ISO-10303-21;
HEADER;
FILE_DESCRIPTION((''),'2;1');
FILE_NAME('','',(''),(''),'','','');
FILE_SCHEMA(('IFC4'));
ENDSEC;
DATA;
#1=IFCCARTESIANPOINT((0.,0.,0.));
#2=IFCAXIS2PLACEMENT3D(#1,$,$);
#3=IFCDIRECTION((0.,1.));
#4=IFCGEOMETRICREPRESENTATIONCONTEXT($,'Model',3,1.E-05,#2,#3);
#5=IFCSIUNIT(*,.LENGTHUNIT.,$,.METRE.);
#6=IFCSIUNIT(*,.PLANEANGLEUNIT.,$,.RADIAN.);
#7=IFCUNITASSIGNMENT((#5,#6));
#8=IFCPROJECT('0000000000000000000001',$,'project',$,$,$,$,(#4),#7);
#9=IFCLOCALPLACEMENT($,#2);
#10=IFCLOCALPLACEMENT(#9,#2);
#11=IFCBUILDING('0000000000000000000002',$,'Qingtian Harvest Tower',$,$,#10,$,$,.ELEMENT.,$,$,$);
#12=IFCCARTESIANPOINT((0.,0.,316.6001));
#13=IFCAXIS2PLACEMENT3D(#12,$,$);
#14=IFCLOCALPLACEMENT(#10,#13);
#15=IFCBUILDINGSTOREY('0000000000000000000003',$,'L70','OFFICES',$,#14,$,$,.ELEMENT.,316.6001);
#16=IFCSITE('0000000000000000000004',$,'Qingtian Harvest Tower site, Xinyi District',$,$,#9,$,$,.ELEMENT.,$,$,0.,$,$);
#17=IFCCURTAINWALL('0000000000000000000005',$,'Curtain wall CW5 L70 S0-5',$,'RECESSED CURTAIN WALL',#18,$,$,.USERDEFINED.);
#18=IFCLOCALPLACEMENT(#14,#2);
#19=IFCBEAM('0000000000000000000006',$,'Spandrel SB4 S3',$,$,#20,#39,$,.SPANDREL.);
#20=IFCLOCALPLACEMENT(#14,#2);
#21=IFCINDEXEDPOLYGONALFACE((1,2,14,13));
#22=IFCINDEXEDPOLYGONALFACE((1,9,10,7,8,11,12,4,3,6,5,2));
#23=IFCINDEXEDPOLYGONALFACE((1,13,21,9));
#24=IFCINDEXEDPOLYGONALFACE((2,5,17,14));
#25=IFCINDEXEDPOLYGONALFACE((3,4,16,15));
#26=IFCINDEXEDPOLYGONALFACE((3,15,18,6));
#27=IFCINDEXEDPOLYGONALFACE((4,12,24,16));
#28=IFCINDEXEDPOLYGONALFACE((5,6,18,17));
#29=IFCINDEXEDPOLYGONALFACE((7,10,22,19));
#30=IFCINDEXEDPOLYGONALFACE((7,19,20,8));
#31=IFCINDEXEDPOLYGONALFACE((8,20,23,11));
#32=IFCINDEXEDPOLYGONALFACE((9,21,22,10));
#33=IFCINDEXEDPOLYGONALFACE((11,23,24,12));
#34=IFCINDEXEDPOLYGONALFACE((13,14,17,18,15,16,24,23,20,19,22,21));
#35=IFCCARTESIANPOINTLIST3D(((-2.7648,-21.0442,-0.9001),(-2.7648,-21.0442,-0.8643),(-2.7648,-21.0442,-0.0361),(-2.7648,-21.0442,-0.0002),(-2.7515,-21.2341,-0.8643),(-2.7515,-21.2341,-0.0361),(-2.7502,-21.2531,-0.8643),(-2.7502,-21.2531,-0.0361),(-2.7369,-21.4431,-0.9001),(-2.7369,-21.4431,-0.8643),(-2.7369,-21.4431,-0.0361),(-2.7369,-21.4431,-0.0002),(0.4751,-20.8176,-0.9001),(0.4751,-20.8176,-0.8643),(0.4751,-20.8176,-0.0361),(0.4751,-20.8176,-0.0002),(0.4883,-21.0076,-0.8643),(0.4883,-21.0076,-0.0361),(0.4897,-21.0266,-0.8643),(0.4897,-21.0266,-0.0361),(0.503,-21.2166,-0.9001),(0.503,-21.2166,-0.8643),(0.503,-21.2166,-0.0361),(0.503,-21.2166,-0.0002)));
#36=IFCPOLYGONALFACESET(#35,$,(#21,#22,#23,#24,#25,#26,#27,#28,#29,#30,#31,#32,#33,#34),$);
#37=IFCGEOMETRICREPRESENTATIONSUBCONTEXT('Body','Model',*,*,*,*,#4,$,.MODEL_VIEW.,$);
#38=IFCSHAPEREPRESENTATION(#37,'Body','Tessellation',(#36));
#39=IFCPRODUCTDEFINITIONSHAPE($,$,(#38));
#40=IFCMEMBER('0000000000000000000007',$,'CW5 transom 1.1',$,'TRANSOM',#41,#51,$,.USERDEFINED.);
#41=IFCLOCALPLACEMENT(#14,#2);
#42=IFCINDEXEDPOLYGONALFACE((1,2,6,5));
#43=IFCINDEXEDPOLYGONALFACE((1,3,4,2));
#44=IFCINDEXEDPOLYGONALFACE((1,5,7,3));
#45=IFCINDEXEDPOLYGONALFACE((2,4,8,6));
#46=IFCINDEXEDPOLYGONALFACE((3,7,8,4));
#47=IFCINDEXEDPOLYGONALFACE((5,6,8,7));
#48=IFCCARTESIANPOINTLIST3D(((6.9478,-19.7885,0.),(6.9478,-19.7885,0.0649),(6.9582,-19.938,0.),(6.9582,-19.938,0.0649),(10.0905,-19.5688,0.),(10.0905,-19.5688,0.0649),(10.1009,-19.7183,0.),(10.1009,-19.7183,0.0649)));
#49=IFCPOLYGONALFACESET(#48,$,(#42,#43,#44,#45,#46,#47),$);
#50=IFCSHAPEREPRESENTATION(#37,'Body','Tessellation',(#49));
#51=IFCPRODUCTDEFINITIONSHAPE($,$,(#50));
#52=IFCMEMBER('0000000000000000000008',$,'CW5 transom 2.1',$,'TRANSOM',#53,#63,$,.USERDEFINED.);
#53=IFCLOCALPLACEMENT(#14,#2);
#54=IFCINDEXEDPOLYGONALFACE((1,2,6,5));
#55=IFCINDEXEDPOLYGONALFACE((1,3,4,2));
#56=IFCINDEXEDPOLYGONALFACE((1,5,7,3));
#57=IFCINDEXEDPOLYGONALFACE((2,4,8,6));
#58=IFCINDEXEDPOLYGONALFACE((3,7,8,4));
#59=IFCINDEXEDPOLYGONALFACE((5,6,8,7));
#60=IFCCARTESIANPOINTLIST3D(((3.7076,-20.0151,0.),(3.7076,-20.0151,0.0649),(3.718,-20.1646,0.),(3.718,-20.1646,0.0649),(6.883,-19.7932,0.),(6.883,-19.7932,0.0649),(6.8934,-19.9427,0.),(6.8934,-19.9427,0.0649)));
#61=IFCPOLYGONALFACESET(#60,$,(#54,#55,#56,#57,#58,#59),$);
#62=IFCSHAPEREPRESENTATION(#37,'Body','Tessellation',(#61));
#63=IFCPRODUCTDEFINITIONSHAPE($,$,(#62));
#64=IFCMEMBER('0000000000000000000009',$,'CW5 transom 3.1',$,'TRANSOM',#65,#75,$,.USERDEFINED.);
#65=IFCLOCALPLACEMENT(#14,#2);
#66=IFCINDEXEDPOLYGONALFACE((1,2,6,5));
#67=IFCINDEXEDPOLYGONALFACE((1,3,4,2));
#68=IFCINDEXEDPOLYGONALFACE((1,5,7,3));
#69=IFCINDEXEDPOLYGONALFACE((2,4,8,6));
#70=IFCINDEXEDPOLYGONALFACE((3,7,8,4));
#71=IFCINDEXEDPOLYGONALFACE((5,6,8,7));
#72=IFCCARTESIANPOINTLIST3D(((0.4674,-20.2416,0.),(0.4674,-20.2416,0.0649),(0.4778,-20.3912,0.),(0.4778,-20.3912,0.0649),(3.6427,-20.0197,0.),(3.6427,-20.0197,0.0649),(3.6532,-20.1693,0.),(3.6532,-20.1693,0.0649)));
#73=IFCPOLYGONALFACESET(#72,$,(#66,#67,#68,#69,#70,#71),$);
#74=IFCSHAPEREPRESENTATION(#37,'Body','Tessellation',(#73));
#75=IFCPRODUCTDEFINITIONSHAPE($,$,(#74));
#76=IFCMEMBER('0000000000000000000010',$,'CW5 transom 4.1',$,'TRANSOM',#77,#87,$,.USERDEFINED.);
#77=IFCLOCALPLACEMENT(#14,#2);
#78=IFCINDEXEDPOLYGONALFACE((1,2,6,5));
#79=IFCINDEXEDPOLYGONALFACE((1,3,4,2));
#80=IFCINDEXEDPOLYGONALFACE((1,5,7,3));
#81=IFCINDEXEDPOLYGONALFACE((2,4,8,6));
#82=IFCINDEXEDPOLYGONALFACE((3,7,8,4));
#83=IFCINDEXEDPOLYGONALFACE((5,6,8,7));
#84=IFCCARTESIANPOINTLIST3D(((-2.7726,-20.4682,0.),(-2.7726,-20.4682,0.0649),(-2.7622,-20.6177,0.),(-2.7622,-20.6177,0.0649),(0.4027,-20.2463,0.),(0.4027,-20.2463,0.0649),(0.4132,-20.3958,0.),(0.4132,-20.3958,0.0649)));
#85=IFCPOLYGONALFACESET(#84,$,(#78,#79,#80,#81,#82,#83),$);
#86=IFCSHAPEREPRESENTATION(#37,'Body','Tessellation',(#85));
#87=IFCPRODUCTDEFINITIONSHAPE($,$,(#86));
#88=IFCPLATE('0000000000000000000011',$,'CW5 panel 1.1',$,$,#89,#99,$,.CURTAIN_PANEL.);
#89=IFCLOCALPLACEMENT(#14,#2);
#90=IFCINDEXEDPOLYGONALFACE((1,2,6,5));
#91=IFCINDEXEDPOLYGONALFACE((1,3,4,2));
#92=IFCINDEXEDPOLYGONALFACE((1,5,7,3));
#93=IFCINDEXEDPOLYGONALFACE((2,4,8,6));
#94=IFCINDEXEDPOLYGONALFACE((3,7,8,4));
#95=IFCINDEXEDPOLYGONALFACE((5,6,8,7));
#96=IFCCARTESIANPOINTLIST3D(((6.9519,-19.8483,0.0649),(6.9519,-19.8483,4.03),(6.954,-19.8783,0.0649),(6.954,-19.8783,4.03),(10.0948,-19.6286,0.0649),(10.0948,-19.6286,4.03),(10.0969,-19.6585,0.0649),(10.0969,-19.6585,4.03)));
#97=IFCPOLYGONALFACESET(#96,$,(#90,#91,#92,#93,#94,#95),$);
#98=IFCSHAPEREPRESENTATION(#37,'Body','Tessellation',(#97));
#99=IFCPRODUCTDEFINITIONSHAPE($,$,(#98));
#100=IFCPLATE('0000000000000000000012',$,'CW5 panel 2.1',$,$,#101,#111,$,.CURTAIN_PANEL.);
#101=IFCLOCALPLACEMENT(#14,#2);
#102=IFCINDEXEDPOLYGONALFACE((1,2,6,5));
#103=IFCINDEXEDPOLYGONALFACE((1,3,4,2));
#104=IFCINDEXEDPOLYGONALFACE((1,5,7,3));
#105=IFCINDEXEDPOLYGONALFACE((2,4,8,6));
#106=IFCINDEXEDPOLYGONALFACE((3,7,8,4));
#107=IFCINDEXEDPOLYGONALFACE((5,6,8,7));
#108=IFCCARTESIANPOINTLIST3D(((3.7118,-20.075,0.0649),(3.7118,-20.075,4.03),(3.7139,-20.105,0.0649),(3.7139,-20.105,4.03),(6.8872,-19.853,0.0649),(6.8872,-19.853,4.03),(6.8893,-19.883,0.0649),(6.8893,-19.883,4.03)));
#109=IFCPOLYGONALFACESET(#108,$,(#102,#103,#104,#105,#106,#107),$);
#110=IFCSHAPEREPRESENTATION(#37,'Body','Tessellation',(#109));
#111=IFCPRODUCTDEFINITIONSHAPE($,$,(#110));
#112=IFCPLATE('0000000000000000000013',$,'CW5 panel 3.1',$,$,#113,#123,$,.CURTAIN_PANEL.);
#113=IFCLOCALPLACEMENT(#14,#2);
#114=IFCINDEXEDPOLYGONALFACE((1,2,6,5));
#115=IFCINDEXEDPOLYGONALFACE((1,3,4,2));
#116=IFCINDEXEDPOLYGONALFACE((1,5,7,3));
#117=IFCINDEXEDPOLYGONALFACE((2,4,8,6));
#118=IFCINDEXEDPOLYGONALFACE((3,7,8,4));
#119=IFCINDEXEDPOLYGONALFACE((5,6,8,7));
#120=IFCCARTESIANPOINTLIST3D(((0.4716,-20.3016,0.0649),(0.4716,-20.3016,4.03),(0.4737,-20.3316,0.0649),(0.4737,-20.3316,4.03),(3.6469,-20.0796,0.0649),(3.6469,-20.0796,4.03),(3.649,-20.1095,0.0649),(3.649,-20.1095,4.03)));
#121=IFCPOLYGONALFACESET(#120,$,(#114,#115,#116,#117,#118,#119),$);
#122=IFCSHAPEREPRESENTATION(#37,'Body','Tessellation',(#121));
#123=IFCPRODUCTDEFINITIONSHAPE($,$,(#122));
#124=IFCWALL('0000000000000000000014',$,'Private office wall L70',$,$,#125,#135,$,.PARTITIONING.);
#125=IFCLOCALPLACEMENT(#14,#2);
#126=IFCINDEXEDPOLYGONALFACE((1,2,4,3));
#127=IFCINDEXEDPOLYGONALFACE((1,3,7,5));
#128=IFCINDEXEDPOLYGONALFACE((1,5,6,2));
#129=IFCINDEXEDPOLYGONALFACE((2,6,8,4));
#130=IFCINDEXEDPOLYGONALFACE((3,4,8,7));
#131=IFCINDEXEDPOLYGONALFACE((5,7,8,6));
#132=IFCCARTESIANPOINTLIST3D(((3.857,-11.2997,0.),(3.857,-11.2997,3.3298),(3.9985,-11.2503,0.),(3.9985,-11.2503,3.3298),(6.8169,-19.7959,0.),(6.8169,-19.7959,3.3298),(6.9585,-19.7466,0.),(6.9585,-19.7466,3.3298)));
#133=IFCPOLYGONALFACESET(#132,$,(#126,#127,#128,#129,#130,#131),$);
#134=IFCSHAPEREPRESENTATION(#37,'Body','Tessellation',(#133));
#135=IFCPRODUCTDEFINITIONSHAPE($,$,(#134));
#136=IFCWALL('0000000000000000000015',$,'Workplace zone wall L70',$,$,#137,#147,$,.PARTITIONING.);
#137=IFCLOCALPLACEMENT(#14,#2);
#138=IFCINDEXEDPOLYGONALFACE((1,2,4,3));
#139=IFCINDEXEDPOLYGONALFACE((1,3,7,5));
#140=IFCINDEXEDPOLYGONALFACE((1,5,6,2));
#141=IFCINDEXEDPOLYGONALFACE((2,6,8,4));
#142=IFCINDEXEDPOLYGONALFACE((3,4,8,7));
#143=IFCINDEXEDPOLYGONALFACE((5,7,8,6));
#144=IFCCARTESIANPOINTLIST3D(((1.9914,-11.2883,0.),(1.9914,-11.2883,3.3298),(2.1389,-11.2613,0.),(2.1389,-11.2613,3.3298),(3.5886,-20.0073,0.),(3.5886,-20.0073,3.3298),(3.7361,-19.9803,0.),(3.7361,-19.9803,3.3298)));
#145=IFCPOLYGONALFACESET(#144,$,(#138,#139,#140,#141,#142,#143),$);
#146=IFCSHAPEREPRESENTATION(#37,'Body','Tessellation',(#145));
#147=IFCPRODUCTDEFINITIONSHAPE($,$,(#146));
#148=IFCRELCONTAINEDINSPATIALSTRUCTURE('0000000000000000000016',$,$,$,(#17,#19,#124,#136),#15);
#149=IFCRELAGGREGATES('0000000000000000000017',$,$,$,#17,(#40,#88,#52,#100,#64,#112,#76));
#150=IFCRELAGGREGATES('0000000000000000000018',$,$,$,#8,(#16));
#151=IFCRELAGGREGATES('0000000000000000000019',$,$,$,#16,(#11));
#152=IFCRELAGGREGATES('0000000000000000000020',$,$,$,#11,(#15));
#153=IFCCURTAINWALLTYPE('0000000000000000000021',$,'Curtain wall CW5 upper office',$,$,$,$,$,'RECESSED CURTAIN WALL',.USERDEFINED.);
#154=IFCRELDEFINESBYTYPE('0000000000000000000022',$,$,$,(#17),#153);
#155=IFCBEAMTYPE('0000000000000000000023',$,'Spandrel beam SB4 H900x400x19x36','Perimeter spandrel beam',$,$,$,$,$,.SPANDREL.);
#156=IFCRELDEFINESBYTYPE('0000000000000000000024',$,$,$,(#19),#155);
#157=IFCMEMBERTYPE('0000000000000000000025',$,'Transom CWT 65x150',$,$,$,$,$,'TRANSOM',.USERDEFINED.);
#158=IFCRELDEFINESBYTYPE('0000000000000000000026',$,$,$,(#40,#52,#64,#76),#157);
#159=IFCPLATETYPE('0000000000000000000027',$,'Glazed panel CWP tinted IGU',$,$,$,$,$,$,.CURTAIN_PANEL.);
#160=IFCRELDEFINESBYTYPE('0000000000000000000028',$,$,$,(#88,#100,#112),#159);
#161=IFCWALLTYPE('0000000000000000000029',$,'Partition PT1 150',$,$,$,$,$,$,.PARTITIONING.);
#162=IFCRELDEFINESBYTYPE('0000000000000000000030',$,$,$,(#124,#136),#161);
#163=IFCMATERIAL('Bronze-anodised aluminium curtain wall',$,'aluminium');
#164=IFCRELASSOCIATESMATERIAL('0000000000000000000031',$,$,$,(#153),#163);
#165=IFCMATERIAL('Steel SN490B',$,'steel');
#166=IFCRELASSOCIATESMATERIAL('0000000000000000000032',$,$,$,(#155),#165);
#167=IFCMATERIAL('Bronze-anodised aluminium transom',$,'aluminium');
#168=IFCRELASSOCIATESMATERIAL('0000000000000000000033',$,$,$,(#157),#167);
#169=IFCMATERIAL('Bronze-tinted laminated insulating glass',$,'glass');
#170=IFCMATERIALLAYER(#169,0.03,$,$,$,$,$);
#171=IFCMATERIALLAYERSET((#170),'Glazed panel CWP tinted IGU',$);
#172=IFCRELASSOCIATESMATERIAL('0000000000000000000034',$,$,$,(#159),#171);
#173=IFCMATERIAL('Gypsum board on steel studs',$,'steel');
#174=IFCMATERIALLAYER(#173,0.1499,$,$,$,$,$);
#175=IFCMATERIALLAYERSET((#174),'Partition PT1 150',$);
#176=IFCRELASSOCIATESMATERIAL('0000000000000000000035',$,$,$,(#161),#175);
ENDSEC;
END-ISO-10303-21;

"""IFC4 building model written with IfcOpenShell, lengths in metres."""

from ifc_helpers import new_model, si_unit, direction, frame, frame_2d, origin, origin_2d, place, context, subcontext, project, spatial, rectangle, i_section, extrude, material, layer, layer_set, material_profile, profile_set, type_object, element, aggregate, save


model = new_model("IFC4")

# Units and contexts
model_context = context("Model", 3, precision=1e-05, world=origin(), true_north=direction((0.0, 1.0)))
body_context = subcontext(model_context, "Body", "Model", "MODEL_VIEW")
ifc_project = project(units=[si_unit("LENGTHUNIT", "METRE"), si_unit("PLANEANGLEUNIT", "RADIAN")], contexts=[model_context])

# Site, building, storey
site_placement = place(None, origin())
site = spatial("IfcSite", under=ifc_project, at=site_placement, Name="Qingtian Harvest Tower site, Xinyi District", CompositionType="ELEMENT", RefElevation=0.0)
building_placement = place(site_placement, origin())
building = spatial("IfcBuilding", under=site, at=building_placement, Name="Qingtian Harvest Tower", CompositionType="ELEMENT")
storey_placement = place(building_placement, frame((0.0, 0.0, 316.6001)))
storey = spatial("IfcBuildingStorey", under=building, at=storey_placement, Name="L70", Description="OFFICES", CompositionType="ELEMENT", Elevation=316.6001)

# Shared definitions
ifc_material_1 = material(Name="Bronze-anodised aluminium curtain wall", Category="aluminium")
curtain_wall_type = type_object("IfcCurtainWallType", Name="Curtain wall CW5 upper office", ElementType="RECESSED CURTAIN WALL", PredefinedType="USERDEFINED", material=ifc_material_1)

# Curtain wall
curtain_wall_1_placement = place(storey_placement, origin())
curtain_wall_1 = element("IfcCurtainWall", 1, at=curtain_wall_1_placement, inside=storey, type_object=curtain_wall_type, Name="Curtain wall CW5 L70 S0-5", ObjectType="RECESSED CURTAIN WALL", PredefinedType="USERDEFINED")

# Beam
ifc_material_2 = material(Name="Steel SN490B", Category="steel")
ifc_material_profile_1 = material_profile(ifc_material_2, i_section(OverallWidth=0.3999, OverallDepth=0.8999, WebThickness=0.019, FlangeThickness=0.0359, at=origin_2d()), Name="H900x400x19x36")
ifc_profile_set_1 = profile_set([ifc_material_profile_1], Name="Steel SN490B")
beam_type_1 = type_object("IfcBeamType", Name="Spandrel beam SB4 H900x400x19x36", Description="Perimeter spandrel beam", PredefinedType="SPANDREL", material=ifc_profile_set_1)
beam_1_placement = place(storey_placement, frame((0.489, -21.0171, -0.4502), z_axis=(-0.997564, -0.069757, 0.0), x_axis=(0.069757, -0.997564, 0.0)))
element("IfcBeam", 2, at=beam_1_placement, inside=storey, type_object=beam_type_1, Name="Spandrel SB4 S3", PredefinedType="SPANDREL", context=body_context, shape_type="SweptSolid", body=[
    extrude(i_section(OverallWidth=0.3999, OverallDepth=0.8999, WebThickness=0.019, FlangeThickness=0.0359, at=origin_2d()), origin(), (0.0, 0.0, 1.0), 3.2478),
])

# Members
ifc_material_3 = material(Name="Bronze-anodised aluminium transom", Category="aluminium")
ifc_material_profile_2 = material_profile(ifc_material_3, rectangle(XDim=0.1499, YDim=0.0649, at=origin_2d()), Name="AL 65x150")
ifc_profile_set_2 = profile_set([ifc_material_profile_2], Name="Bronze-anodised aluminium transom")
member_type_1 = type_object("IfcMemberType", Name="Transom CWT 65x150", ElementType="TRANSOM", PredefinedType="USERDEFINED", material=ifc_profile_set_2)
member_1_placement = place(storey_placement, frame((10.0957, -19.6436, 0.0325), z_axis=(-0.997565, -0.069744, 0.0), x_axis=(0.069744, -0.997565, 0.0)))
member_1 = element("IfcMember", 3, at=member_1_placement, type_object=member_type_1, Name="CW5 transom 1.1", ObjectType="TRANSOM", PredefinedType="USERDEFINED", context=body_context, shape_type="SweptSolid", body=[
    extrude(rectangle(XDim=0.1499, YDim=0.0649, at=origin_2d()), origin(), (0.0, 0.0, 1.0), 3.1504),
])
member_2_placement = place(storey_placement, frame((6.8882, -19.8679, 0.0325), z_axis=(-0.997567, -0.069721, 0.0), x_axis=(0.069721, -0.997567, 0.0)))
member_2 = element("IfcMember", 4, at=member_2_placement, type_object=member_type_1, Name="CW5 transom 2.1", ObjectType="TRANSOM", PredefinedType="USERDEFINED", context=body_context, shape_type="SweptSolid", body=[
    extrude(rectangle(XDim=0.1499, YDim=0.0649, at=origin_2d()), origin(), (0.0, 0.0, 1.0), 3.1831),
])
member_3_placement = place(storey_placement, frame((3.6479, -20.0945, 0.0325), z_axis=(-0.997567, -0.069721, 0.0), x_axis=(0.069721, -0.997567, 0.0)))
member_3 = element("IfcMember", 5, at=member_3_placement, type_object=member_type_1, Name="CW5 transom 3.1", ObjectType="TRANSOM", PredefinedType="USERDEFINED", context=body_context, shape_type="SweptSolid", body=[
    extrude(rectangle(XDim=0.1499, YDim=0.0649, at=origin_2d()), origin(), (0.0, 0.0, 1.0), 3.1831),
])
member_4_placement = place(storey_placement, frame((0.408, -20.321, 0.0325), z_axis=(-0.997567, -0.069721, 0.0), x_axis=(0.069721, -0.997567, 0.0)))
member_4 = element("IfcMember", 6, at=member_4_placement, type_object=member_type_1, Name="CW5 transom 4.1", ObjectType="TRANSOM", PredefinedType="USERDEFINED", context=body_context, shape_type="SweptSolid", body=[
    extrude(rectangle(XDim=0.1499, YDim=0.0649, at=origin_2d()), origin(), (0.0, 0.0, 1.0), 3.1831),
])

# Plates
ifc_material_4 = material(Name="Bronze-tinted laminated insulating glass", Category="glass")
ifc_layer_1 = layer(ifc_material_4, 0.03)
ifc_layer_set_1 = layer_set([ifc_layer_1], Name="Glazed panel CWP tinted IGU")
plate_type = type_object("IfcPlateType", Name="Glazed panel CWP tinted IGU", PredefinedType="CURTAIN_PANEL", material=ifc_layer_set_1)
plate_1_placement = place(storey_placement, frame((8.5244, -19.7534, 0.0649), z_axis=(0.0, 0.0, 1.0), x_axis=(-0.997564, -0.069756, 0.0)))
plate_1 = element("IfcPlate", 7, at=plate_1_placement, type_object=plate_type, Name="CW5 panel 1.1", PredefinedType="CURTAIN_PANEL", context=body_context, shape_type="SweptSolid", body=[
    extrude(rectangle(XDim=3.1506, YDim=0.03, at=origin_2d()), origin(), (0.0, 0.0, 1.0), 3.9651),
])
plate_2_placement = place(storey_placement, frame((5.3005, -19.979, 0.0649), z_axis=(0.0, 0.0, 1.0), x_axis=(-0.997564, -0.069756, 0.0)))
plate_2 = element("IfcPlate", 8, at=plate_2_placement, type_object=plate_type, Name="CW5 panel 2.1", PredefinedType="CURTAIN_PANEL", context=body_context, shape_type="SweptSolid", body=[
    extrude(rectangle(XDim=3.1831, YDim=0.03, at=origin_2d()), origin(), (0.0, 0.0, 1.0), 3.9651),
])
plate_3_placement = place(storey_placement, frame((2.0603, -20.2056, 0.0649), z_axis=(0.0, 0.0, 1.0), x_axis=(-0.997564, -0.069756, 0.0)))
plate_3 = element("IfcPlate", 9, at=plate_3_placement, type_object=plate_type, Name="CW5 panel 3.1", PredefinedType="CURTAIN_PANEL", context=body_context, shape_type="SweptSolid", body=[
    extrude(rectangle(XDim=3.1831, YDim=0.03, at=origin_2d()), origin(), (0.0, 0.0, 1.0), 3.9651),
])
aggregate(curtain_wall_1, [member_1, plate_1, member_2, plate_2, member_3, plate_3, member_4])

# Walls
ifc_material_5 = material(Name="Gypsum board on steel studs", Category="steel")
ifc_layer_2 = layer(ifc_material_5, 0.1499)
ifc_layer_set_2 = layer_set([ifc_layer_2], Name="Partition PT1 150")
wall_type = type_object("IfcWallType", Name="Partition PT1 150", PredefinedType="PARTITIONING", material=ifc_layer_set_2)
wall_1_placement = place(storey_placement, frame((6.8877, -19.7712, 0.0), z_axis=(0.0, 0.0, 1.0), x_axis=(-0.328988, 0.944334, 0.0)))
element("IfcWall", 10, at=wall_1_placement, inside=storey, type_object=wall_type, Name="Private office wall L70", PredefinedType="PARTITIONING", context=body_context, shape_type="SweptSolid", body=[
    extrude(rectangle(XDim=8.9971, YDim=0.1499, at=frame_2d((4.4985, 0.0))), origin(), (0.0, 0.0, 1.0), 3.3298),
])
wall_2_placement = place(storey_placement, frame((3.6624, -19.9939, 0.0), z_axis=(0.0, 0.0, 1.0), x_axis=(-0.180184, 0.983633, 0.0)))
element("IfcWall", 11, at=wall_2_placement, inside=storey, type_object=wall_type, Name="Workplace zone wall L70", PredefinedType="PARTITIONING", context=body_context, shape_type="SweptSolid", body=[
    extrude(rectangle(XDim=8.864, YDim=0.1499, at=frame_2d((4.4321, 0.0))), origin(), (0.0, 0.0, 1.0), 3.3298),
])

save(model, "model.ifc")
